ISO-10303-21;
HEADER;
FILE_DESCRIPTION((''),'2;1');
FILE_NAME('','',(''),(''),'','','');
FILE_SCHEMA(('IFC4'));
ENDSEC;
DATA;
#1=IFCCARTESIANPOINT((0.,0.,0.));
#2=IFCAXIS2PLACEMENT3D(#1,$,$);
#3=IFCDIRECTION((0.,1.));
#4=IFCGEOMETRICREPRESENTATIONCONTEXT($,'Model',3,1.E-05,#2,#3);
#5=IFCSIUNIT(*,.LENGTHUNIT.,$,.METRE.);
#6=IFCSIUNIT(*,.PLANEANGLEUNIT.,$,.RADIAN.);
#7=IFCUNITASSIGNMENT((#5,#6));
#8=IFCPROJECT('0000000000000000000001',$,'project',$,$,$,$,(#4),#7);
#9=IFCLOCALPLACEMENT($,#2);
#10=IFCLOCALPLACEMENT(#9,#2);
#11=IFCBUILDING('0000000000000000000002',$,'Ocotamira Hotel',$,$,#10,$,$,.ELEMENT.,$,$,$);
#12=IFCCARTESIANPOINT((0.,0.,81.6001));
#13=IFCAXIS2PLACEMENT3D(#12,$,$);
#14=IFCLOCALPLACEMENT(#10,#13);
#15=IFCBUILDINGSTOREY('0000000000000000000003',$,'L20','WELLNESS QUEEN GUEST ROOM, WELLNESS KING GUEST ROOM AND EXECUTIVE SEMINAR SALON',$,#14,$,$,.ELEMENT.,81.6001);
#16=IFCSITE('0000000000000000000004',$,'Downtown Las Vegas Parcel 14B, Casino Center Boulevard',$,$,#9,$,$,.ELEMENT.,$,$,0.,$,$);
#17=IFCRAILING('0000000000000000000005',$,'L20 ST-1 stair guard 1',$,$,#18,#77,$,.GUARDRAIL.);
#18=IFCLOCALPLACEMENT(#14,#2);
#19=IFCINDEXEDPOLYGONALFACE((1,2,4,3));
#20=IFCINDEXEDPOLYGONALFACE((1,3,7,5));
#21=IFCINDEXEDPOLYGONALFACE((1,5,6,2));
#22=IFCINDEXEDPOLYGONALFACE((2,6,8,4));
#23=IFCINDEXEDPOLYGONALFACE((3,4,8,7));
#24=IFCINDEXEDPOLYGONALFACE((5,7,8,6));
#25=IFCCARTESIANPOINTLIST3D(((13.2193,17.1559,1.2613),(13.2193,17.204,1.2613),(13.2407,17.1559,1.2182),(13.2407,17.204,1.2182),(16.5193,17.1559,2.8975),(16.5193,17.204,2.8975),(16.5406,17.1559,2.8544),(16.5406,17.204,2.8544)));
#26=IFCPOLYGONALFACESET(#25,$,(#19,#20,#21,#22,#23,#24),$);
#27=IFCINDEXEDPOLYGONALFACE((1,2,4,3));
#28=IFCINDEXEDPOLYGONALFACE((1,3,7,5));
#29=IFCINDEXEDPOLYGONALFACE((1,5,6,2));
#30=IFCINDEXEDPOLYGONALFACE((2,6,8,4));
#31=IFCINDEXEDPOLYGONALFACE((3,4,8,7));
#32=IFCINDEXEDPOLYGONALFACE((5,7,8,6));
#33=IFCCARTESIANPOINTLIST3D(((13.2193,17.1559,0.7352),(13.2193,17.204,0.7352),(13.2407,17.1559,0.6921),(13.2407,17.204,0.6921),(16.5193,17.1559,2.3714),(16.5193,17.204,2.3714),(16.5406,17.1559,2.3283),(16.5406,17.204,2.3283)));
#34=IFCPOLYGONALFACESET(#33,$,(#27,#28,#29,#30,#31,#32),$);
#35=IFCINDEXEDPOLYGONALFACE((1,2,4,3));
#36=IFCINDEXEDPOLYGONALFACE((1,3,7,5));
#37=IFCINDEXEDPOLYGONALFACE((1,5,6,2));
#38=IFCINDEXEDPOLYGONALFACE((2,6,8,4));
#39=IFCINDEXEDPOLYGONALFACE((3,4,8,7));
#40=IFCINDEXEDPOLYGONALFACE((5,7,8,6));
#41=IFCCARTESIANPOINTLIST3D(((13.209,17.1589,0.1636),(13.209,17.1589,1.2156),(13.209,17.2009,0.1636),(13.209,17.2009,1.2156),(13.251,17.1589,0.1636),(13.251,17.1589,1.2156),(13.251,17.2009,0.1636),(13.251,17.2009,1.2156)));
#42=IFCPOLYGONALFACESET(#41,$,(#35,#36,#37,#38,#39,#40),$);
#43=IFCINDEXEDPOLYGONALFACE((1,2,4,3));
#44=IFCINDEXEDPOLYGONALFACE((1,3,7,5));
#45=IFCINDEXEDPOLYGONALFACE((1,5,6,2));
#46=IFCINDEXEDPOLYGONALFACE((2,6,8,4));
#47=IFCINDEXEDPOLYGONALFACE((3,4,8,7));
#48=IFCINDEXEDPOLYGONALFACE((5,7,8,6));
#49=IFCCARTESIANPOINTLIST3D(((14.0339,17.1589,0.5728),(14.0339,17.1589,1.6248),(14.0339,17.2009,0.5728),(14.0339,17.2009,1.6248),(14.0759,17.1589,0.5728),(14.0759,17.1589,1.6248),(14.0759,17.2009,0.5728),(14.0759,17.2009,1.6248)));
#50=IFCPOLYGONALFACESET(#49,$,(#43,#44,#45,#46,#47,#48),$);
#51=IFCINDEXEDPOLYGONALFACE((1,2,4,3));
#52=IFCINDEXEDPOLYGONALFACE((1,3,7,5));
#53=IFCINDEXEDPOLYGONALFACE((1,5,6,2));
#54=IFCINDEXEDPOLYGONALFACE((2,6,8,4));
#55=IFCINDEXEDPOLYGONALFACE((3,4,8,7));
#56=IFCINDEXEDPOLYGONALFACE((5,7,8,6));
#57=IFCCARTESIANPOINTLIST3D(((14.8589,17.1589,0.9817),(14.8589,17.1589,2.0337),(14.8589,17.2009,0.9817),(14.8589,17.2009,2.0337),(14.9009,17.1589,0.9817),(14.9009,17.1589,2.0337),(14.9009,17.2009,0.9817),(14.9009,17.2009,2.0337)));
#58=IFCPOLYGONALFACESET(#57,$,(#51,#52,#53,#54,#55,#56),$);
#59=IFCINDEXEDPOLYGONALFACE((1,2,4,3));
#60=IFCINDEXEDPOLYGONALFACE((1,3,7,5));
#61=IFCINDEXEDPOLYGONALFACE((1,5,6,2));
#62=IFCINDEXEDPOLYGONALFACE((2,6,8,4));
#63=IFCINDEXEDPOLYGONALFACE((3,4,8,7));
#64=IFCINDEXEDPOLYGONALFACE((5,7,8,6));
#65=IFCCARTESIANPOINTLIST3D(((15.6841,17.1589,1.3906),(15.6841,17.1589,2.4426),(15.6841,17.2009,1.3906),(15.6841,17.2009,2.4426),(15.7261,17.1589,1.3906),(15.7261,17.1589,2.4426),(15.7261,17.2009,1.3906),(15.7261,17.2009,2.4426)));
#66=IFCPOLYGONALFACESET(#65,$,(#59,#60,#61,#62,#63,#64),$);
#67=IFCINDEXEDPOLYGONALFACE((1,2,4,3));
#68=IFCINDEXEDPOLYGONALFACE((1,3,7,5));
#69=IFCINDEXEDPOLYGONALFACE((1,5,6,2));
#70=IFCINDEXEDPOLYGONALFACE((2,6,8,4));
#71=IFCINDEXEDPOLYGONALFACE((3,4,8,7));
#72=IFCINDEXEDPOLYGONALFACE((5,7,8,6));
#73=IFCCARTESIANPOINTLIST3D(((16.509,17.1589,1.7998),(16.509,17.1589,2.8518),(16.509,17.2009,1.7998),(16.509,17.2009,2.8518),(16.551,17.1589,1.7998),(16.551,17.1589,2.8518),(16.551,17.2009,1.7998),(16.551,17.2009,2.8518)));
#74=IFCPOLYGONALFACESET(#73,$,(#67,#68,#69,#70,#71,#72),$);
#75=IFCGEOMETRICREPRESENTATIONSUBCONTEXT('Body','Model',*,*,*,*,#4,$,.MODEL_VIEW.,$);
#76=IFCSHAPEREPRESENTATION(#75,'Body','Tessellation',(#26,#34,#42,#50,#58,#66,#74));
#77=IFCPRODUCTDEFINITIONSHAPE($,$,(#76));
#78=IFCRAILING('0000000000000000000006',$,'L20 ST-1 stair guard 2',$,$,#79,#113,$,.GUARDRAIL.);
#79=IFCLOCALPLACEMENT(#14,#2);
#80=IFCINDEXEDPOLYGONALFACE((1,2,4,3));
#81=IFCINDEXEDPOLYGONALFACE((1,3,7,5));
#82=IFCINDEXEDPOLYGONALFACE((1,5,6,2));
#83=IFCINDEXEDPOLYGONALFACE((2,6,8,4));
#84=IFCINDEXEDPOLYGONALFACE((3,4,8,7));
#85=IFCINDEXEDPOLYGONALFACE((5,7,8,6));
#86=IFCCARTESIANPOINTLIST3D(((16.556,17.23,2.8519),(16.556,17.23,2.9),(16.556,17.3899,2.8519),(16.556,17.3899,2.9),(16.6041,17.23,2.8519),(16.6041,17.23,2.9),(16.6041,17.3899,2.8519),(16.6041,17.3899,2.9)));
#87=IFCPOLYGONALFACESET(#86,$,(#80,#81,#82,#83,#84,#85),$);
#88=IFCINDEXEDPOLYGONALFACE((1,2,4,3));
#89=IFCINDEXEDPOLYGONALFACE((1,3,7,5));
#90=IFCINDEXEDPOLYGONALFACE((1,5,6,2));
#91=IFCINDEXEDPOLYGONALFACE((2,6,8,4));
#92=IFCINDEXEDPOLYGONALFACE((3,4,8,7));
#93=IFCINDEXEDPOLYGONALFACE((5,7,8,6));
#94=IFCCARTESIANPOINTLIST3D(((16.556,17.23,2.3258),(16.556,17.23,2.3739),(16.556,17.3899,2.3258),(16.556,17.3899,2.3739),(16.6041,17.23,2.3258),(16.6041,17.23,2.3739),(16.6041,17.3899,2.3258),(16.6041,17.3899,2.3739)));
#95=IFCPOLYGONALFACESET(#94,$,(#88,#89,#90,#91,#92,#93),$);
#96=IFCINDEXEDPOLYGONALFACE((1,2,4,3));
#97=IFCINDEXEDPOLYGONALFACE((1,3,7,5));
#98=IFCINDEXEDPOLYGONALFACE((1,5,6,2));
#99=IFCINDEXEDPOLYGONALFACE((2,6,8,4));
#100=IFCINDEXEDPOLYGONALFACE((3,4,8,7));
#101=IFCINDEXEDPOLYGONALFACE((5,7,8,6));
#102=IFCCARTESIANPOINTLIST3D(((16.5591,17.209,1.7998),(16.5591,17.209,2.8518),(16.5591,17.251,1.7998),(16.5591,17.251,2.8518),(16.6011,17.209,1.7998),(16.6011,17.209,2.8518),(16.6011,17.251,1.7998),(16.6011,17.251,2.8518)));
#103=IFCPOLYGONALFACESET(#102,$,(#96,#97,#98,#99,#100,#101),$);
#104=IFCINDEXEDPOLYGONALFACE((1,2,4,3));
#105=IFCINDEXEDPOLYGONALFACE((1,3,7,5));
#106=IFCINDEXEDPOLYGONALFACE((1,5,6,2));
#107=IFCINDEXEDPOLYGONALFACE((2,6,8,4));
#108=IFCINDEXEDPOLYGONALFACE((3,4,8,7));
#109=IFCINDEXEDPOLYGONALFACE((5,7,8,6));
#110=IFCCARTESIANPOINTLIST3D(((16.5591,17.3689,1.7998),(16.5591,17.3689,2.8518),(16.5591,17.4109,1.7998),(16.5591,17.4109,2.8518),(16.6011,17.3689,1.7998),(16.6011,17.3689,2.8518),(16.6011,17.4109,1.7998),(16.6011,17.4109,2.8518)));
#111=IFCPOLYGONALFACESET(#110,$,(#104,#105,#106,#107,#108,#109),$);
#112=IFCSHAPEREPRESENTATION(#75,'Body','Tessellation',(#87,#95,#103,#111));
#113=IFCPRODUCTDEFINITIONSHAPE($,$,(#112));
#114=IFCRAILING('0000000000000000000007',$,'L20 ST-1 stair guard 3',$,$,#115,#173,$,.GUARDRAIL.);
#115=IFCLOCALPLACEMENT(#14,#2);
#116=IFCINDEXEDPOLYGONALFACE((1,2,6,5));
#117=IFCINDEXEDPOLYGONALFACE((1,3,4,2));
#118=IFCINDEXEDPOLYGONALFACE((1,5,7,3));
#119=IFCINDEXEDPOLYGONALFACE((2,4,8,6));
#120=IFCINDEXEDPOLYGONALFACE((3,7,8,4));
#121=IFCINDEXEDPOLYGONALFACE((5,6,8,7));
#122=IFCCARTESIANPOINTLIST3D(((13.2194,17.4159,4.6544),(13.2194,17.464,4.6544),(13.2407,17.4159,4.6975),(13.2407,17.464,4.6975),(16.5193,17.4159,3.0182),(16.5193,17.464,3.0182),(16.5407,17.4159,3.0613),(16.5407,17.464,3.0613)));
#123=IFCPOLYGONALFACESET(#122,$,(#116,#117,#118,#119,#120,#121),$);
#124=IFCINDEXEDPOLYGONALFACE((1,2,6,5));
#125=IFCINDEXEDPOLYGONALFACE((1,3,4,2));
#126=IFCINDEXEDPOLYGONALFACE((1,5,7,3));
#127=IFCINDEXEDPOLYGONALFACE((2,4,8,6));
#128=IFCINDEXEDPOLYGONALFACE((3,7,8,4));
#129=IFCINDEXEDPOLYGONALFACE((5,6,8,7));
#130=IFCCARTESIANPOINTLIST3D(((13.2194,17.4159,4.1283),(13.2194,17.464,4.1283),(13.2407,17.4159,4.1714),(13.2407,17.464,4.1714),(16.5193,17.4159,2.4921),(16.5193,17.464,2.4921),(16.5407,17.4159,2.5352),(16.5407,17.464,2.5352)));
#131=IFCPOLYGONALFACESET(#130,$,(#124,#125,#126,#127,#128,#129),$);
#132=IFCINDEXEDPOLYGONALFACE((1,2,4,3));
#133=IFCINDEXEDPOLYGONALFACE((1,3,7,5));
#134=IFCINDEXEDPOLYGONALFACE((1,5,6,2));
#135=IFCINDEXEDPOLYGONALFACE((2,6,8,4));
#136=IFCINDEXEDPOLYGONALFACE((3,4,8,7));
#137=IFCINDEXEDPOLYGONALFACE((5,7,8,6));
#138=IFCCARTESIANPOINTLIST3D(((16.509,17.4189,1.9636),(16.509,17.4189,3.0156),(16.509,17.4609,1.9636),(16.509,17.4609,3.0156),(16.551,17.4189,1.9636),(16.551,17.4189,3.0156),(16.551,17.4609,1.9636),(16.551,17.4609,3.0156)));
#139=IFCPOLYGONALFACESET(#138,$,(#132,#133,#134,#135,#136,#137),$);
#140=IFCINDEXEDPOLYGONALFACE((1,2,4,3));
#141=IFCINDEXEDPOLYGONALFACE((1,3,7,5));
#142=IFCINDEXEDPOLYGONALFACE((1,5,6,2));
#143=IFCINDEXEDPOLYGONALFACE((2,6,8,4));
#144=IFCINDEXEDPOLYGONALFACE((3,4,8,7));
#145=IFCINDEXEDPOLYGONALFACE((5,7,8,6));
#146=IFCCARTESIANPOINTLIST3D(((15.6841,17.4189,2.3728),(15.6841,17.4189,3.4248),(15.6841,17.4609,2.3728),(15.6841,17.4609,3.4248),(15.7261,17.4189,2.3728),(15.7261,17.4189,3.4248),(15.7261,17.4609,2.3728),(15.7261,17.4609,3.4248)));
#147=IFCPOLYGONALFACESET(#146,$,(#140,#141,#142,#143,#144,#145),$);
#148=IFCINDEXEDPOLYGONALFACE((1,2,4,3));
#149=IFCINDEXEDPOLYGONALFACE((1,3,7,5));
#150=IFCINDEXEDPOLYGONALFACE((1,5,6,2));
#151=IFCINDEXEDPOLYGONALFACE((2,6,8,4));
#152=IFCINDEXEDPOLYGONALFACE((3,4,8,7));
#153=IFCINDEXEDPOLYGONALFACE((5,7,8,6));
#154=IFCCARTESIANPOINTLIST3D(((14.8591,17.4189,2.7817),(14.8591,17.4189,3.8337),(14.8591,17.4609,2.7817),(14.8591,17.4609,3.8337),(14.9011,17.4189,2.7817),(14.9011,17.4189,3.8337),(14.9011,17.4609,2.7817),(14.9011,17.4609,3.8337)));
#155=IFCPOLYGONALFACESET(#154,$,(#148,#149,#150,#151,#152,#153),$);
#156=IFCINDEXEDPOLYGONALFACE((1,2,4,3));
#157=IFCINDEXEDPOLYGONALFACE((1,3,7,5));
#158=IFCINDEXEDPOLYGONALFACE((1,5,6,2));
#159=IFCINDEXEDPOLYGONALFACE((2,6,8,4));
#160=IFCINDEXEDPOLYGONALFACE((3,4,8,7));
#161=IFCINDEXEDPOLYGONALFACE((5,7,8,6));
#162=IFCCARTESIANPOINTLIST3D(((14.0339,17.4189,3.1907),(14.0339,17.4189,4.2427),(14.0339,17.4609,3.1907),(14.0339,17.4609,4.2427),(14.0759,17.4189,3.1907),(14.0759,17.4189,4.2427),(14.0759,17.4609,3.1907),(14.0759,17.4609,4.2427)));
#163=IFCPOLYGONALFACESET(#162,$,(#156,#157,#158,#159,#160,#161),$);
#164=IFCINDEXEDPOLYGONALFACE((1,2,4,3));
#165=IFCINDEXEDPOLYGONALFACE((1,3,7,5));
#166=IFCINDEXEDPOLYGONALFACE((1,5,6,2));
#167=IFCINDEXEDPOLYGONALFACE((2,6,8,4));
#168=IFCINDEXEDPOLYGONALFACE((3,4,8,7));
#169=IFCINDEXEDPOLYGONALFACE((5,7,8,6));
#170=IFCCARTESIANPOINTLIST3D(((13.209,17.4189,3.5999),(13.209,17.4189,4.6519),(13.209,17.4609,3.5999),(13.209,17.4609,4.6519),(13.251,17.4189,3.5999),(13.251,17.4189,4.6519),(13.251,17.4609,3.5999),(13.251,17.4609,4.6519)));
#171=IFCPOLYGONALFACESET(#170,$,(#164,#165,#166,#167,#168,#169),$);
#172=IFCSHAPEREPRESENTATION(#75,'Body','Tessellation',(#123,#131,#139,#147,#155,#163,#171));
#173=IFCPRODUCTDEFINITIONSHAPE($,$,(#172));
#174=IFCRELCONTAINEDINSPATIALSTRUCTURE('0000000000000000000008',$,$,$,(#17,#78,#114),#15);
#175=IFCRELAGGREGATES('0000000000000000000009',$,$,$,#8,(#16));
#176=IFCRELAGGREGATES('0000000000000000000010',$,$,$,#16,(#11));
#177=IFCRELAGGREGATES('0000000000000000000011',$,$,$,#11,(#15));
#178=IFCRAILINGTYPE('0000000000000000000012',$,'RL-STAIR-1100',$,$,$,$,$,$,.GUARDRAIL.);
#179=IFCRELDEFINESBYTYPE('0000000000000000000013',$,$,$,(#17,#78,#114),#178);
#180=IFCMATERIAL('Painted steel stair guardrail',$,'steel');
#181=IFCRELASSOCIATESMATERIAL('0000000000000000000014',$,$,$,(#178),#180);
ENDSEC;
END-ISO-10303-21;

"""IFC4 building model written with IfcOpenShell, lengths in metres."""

from ifc_helpers import new_model, si_unit, direction, frame, origin, origin_2d, place, context, subcontext, project, spatial, rectangle, extrude, material, type_object, element, save


model = new_model("IFC4")

# Units and contexts
model_context = context("Model", 3, precision=1e-05, world=origin(), true_north=direction((0.0, 1.0)))
body_context = subcontext(model_context, "Body", "Model", "MODEL_VIEW")
ifc_project = project(units=[si_unit("LENGTHUNIT", "METRE"), si_unit("PLANEANGLEUNIT", "RADIAN")], contexts=[model_context])

# Site, building, storey
site_placement = place(None, origin())
site = spatial("IfcSite", under=ifc_project, at=site_placement, Name="Downtown Las Vegas Parcel 14B, Casino Center Boulevard", CompositionType="ELEMENT", RefElevation=0.0)
building_placement = place(site_placement, origin())
building = spatial("IfcBuilding", under=site, at=building_placement, Name="Ocotamira Hotel", CompositionType="ELEMENT")
storey_placement = place(building_placement, frame((0.0, 0.0, 81.6001)))
storey = spatial("IfcBuildingStorey", under=building, at=storey_placement, Name="L20", Description="WELLNESS QUEEN GUEST ROOM, WELLNESS KING GUEST ROOM AND EXECUTIVE SEMINAR SALON", CompositionType="ELEMENT", Elevation=81.6001)

# Railings
ifc_material_1 = material(Name="Painted steel stair guardrail", Category="steel")
railing_type_1 = type_object("IfcRailingType", Name="RL-STAIR-1100", PredefinedType="GUARDRAIL", material=ifc_material_1)
railing_1_placement = place(storey_placement, frame((13.23, 17.1799, 0.1636)))
element("IfcRailing", 1, at=railing_1_placement, inside=storey, type_object=railing_type_1, Name="L20 ST-1 stair guard 1", PredefinedType="GUARDRAIL", context=body_context, shape_type="SweptSolid", body=[
    extrude(rectangle(XDim=0.0481, YDim=0.0481, at=origin_2d()), frame((0.0, 0.0, 1.0762), z_axis=(0.89592, 0.0, 0.444215), x_axis=(0.0, 1.0, 0.0)), (0.0, 0.0, 1.0), 3.6833),
    extrude(rectangle(XDim=0.0481, YDim=0.0481, at=origin_2d()), frame((0.0, 0.0, 0.55), z_axis=(0.89592, 0.0, 0.444215), x_axis=(0.0, 1.0, 0.0)), (0.0, 0.0, 1.0), 3.6833),
    extrude(rectangle(XDim=0.042, YDim=0.042, at=origin_2d()), origin(), (0.0, 0.0, 1.0), 1.052),
    extrude(rectangle(XDim=0.042, YDim=0.042, at=origin_2d()), frame((0.825, 0.0, 0.4092)), (0.0, 0.0, 1.0), 1.052),
    extrude(rectangle(XDim=0.042, YDim=0.042, at=origin_2d()), frame((1.6499, 0.0, 0.8181)), (0.0, 0.0, 1.0), 1.052),
    extrude(rectangle(XDim=0.042, YDim=0.042, at=origin_2d()), frame((2.4751, 0.0, 1.2271)), (0.0, 0.0, 1.0), 1.052),
    extrude(rectangle(XDim=0.042, YDim=0.042, at=origin_2d()), frame((3.3, 0.0, 1.6362)), (0.0, 0.0, 1.0), 1.052),
])
railing_2_placement = place(storey_placement, frame((16.5801, 17.23, 1.7998)))
element("IfcRailing", 2, at=railing_2_placement, inside=storey, type_object=railing_type_1, Name="L20 ST-1 stair guard 2", PredefinedType="GUARDRAIL", context=body_context, shape_type="SweptSolid", body=[
    extrude(rectangle(XDim=0.0481, YDim=0.0481, at=origin_2d()), frame((0.0, 0.0, 1.0762), z_axis=(0.0, 1.0, 0.0), x_axis=(-1.0, 0.0, 0.0)), (0.0, 0.0, 1.0), 0.1599),
    extrude(rectangle(XDim=0.0481, YDim=0.0481, at=origin_2d()), frame((0.0, 0.0, 0.55), z_axis=(0.0, 1.0, 0.0), x_axis=(-1.0, 0.0, 0.0)), (0.0, 0.0, 1.0), 0.1599),
    extrude(rectangle(XDim=0.042, YDim=0.042, at=origin_2d()), origin(), (0.0, 0.0, 1.0), 1.052),
    extrude(rectangle(XDim=0.042, YDim=0.042, at=origin_2d()), frame((0.0, 0.1599, 0.0)), (0.0, 0.0, 1.0), 1.052),
])
railing_3_placement = place(storey_placement, frame((16.53, 17.4399, 1.9636)))
element("IfcRailing", 3, at=railing_3_placement, inside=storey, type_object=railing_type_1, Name="L20 ST-1 stair guard 3", PredefinedType="GUARDRAIL", context=body_context, shape_type="SweptSolid", body=[
    extrude(rectangle(XDim=0.0481, YDim=0.0481, at=origin_2d()), frame((0.0, 0.0, 1.0762), z_axis=(-0.89592, 0.0, 0.444215), x_axis=(0.0, -1.0, 0.0)), (0.0, 0.0, 1.0), 3.6833),
    extrude(rectangle(XDim=0.0481, YDim=0.0481, at=origin_2d()), frame((0.0, 0.0, 0.55), z_axis=(-0.89592, 0.0, 0.444215), x_axis=(0.0, -1.0, 0.0)), (0.0, 0.0, 1.0), 3.6833),
    extrude(rectangle(XDim=0.042, YDim=0.042, at=origin_2d()), origin(), (0.0, 0.0, 1.0), 1.052),
    extrude(rectangle(XDim=0.042, YDim=0.042, at=origin_2d()), frame((-0.825, 0.0, 0.4092)), (0.0, 0.0, 1.0), 1.052),
    extrude(rectangle(XDim=0.042, YDim=0.042, at=origin_2d()), frame((-1.6499, 0.0, 0.8181)), (0.0, 0.0, 1.0), 1.052),
    extrude(rectangle(XDim=0.042, YDim=0.042, at=origin_2d()), frame((-2.4751, 0.0, 1.2271)), (0.0, 0.0, 1.0), 1.052),
    extrude(rectangle(XDim=0.042, YDim=0.042, at=origin_2d()), frame((-3.3, 0.0, 1.6362)), (0.0, 0.0, 1.0), 1.052),
])

save(model, "model.ifc")
